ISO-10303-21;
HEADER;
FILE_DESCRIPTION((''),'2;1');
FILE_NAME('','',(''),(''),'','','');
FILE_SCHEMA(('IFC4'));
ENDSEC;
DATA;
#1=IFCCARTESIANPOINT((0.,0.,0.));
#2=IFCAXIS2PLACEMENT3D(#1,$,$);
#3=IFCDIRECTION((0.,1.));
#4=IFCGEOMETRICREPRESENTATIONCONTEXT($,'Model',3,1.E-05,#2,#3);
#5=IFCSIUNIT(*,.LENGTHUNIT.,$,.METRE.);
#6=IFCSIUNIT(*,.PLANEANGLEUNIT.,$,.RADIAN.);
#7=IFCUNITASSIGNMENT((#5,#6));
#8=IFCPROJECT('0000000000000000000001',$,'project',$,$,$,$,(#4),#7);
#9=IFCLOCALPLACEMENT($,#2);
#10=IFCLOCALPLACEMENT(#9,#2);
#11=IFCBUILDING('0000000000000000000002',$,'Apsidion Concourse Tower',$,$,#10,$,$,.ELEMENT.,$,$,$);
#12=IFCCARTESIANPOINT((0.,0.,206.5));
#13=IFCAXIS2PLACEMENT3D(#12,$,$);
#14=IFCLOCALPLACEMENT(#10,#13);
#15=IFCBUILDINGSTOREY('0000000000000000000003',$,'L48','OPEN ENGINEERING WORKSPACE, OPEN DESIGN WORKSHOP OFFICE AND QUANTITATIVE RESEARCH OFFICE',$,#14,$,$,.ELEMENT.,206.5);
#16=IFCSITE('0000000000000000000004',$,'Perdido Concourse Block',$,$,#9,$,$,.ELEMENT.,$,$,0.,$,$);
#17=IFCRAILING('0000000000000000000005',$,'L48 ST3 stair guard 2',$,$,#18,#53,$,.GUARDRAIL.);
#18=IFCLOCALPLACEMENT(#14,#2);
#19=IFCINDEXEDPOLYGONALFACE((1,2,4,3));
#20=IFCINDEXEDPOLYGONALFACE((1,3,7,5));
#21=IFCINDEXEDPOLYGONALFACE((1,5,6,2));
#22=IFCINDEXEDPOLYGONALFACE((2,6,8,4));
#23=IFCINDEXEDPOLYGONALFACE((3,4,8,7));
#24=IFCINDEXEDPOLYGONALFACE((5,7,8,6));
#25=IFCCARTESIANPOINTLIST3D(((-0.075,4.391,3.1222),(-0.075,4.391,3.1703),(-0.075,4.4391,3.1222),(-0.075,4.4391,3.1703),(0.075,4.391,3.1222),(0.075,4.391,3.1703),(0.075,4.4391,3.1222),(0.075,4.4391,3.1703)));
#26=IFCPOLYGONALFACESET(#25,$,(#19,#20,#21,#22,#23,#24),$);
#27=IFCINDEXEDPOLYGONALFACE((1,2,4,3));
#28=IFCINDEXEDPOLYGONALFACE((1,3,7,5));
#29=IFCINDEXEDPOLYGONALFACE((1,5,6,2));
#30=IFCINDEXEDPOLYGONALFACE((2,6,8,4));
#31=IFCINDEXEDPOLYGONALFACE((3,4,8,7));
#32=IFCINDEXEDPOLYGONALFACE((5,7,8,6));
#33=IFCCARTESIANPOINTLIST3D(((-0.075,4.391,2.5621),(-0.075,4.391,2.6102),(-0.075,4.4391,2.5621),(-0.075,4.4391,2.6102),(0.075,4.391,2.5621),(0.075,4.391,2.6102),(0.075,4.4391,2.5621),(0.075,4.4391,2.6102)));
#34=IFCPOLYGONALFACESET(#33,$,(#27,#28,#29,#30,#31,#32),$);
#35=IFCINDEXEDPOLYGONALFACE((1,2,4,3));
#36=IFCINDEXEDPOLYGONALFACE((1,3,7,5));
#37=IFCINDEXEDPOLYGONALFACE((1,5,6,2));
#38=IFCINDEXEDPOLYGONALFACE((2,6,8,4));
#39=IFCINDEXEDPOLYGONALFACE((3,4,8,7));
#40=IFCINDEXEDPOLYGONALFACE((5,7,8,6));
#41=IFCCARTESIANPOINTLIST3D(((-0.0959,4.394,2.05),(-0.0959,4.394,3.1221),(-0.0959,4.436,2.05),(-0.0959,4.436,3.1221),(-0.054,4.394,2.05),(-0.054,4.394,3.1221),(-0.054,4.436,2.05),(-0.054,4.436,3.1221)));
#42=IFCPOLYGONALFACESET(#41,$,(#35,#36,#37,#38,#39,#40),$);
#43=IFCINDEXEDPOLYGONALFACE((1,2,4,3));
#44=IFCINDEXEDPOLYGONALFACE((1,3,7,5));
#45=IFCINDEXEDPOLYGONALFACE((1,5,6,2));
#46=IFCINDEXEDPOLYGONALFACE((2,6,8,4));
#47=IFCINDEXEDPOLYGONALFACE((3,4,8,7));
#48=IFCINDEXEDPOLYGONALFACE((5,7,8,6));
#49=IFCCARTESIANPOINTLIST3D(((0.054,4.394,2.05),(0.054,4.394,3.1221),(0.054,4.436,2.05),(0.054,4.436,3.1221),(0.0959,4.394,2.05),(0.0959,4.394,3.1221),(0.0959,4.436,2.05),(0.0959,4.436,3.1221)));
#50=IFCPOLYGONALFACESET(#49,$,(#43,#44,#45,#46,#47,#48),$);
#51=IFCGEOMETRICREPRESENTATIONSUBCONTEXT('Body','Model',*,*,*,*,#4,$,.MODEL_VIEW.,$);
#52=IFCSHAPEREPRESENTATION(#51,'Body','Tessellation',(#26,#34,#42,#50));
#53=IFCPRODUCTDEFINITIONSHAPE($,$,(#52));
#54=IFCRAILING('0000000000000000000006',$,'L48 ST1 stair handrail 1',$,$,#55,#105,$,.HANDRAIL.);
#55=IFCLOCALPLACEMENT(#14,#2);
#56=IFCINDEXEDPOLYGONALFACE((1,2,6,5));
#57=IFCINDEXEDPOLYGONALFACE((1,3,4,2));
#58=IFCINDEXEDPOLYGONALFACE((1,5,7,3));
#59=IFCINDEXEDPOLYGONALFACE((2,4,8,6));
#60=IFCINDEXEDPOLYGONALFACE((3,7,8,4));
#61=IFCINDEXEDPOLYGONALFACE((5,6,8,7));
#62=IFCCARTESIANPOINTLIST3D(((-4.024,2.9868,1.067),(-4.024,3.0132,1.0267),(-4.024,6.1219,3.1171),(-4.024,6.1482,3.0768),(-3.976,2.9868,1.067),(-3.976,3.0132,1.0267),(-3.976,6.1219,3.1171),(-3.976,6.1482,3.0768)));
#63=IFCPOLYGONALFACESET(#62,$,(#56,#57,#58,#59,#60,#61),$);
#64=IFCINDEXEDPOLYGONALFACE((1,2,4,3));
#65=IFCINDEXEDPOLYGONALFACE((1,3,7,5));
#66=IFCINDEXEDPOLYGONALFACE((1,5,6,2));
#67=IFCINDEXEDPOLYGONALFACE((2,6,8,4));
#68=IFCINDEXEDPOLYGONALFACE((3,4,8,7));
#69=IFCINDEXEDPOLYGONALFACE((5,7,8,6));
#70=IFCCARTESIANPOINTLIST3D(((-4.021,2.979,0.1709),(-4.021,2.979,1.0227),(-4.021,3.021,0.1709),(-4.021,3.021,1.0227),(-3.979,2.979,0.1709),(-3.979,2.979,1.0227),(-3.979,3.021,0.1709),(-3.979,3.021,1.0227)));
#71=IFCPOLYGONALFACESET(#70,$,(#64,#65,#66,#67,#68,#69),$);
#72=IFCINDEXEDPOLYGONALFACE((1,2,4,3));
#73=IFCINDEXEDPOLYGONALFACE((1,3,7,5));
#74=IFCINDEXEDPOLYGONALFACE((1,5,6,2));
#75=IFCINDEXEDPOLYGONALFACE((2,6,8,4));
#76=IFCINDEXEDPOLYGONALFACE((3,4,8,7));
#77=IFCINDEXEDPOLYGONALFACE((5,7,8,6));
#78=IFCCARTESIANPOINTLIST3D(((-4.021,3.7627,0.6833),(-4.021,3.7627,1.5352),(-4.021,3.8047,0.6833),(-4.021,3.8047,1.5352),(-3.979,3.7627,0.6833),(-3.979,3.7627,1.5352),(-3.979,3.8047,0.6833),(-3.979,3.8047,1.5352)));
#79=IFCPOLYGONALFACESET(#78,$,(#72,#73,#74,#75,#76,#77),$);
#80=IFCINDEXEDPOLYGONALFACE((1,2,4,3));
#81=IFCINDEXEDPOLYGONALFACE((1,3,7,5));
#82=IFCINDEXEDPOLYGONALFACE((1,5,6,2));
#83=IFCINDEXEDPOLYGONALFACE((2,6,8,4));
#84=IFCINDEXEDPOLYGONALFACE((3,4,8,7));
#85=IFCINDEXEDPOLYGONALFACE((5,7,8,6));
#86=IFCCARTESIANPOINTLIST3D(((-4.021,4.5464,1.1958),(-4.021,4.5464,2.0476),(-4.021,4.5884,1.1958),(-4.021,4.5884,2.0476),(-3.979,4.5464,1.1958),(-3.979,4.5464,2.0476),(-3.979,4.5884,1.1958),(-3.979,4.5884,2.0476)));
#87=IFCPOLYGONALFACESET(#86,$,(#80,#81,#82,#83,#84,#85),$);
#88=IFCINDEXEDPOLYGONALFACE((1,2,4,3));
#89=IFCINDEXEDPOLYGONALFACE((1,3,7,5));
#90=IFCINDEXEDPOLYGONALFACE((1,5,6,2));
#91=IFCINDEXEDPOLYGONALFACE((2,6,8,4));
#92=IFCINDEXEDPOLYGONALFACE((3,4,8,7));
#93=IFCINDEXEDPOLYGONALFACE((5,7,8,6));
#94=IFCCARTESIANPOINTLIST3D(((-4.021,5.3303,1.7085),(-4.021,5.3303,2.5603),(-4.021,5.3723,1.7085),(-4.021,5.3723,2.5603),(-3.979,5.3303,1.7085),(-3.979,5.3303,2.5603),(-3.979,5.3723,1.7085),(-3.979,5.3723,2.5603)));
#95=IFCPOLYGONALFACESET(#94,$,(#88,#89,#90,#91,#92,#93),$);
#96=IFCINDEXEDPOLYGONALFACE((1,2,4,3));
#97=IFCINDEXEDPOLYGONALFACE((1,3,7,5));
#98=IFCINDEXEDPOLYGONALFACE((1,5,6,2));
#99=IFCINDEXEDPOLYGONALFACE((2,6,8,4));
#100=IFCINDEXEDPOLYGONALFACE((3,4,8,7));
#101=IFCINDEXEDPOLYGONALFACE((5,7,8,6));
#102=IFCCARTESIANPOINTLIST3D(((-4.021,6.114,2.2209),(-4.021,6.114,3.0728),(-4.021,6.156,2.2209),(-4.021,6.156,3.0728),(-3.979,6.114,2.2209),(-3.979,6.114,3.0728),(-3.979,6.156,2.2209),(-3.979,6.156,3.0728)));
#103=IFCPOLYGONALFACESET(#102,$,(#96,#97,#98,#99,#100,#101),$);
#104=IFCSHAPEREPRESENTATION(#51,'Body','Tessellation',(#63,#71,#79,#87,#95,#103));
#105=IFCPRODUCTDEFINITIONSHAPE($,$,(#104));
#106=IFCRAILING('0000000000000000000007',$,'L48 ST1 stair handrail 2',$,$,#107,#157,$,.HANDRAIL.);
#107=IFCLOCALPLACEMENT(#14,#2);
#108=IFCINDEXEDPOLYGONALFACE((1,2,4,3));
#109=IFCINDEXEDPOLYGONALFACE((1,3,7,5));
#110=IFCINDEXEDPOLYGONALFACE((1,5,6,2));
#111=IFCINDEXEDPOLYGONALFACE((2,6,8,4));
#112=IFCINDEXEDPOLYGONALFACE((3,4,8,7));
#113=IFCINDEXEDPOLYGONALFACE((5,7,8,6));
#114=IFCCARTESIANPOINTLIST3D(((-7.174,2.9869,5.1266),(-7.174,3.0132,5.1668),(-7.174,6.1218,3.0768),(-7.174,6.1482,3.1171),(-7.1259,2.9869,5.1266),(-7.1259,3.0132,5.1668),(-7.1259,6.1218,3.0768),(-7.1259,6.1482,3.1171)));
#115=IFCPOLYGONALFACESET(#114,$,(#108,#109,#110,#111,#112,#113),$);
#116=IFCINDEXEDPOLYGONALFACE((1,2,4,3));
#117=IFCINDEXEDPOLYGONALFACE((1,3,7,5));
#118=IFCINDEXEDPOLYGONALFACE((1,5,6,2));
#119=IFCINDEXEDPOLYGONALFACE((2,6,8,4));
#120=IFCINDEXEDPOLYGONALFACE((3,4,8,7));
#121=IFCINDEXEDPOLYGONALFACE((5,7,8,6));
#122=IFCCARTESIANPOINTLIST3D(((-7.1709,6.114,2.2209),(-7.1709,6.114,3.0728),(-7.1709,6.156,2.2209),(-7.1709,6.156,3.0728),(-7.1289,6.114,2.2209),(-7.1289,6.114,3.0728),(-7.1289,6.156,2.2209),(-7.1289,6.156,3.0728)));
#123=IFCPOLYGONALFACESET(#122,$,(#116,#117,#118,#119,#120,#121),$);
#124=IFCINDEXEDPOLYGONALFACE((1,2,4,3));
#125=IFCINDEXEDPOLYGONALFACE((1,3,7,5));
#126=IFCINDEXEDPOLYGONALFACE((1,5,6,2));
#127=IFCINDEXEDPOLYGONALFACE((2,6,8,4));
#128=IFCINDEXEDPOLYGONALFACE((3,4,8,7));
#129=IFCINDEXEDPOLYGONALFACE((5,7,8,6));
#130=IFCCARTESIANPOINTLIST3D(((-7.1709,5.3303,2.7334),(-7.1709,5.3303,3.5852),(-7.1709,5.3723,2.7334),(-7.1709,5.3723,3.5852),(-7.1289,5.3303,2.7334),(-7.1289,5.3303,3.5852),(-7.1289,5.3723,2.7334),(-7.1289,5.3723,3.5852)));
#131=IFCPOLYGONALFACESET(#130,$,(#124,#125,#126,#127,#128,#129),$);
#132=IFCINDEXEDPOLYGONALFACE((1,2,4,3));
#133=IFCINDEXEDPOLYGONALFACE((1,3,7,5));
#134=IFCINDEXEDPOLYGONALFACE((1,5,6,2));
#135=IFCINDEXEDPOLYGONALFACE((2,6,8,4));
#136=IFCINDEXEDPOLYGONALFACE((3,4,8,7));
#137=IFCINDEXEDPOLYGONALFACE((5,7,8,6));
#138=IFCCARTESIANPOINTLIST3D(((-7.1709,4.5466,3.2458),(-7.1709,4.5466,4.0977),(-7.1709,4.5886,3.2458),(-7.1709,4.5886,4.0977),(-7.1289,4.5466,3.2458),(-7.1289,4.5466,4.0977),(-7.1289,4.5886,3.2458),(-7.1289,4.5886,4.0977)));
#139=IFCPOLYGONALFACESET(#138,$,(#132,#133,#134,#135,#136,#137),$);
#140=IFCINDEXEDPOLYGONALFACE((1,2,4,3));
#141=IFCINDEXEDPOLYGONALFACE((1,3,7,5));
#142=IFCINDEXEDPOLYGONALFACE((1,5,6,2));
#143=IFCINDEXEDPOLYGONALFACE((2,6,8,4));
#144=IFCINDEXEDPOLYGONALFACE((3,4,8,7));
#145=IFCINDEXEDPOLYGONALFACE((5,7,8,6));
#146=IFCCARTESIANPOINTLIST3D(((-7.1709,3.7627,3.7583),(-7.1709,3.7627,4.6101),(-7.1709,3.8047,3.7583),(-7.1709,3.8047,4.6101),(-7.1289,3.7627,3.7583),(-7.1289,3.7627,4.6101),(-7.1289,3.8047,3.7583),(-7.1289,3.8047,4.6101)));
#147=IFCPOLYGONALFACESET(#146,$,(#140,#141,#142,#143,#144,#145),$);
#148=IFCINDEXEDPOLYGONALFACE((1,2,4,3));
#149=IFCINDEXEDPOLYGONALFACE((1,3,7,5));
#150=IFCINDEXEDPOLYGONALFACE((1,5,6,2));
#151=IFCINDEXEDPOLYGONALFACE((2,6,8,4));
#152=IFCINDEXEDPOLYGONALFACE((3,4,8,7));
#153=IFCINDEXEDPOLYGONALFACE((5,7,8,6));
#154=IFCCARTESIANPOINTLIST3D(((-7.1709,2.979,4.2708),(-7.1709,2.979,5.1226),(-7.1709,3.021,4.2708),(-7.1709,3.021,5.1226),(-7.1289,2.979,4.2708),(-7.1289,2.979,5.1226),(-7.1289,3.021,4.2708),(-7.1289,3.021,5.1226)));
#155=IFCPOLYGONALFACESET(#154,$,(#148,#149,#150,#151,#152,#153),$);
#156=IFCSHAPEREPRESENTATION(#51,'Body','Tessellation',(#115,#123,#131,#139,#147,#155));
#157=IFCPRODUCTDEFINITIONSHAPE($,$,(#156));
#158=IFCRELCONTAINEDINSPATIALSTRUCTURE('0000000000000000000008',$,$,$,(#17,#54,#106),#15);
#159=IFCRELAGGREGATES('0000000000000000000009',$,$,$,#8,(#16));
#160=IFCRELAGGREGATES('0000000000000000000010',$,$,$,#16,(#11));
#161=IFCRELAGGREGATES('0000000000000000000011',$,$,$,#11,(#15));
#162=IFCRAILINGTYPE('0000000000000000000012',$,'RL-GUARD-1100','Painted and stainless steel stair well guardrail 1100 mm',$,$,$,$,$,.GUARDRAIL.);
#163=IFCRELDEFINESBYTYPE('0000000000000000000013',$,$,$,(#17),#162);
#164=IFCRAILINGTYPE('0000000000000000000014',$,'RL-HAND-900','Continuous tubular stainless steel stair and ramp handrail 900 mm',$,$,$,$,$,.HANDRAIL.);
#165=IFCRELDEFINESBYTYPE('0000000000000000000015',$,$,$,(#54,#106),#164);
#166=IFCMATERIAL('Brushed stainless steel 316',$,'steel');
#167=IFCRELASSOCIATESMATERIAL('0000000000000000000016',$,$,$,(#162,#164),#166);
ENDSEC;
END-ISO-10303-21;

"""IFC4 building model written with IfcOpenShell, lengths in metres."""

from ifc_helpers import new_model, si_unit, direction, frame, origin, origin_2d, place, context, subcontext, project, spatial, rectangle, extrude, material, type_object, element, save


model = new_model("IFC4")

# Units and contexts
model_context = context("Model", 3, precision=1e-05, world=origin(), true_north=direction((0.0, 1.0)))
body_context = subcontext(model_context, "Body", "Model", "MODEL_VIEW")
ifc_project = project(units=[si_unit("LENGTHUNIT", "METRE"), si_unit("PLANEANGLEUNIT", "RADIAN")], contexts=[model_context])

# Site, building, storey
site_placement = place(None, origin())
site = spatial("IfcSite", under=ifc_project, at=site_placement, Name="Perdido Concourse Block", CompositionType="ELEMENT", RefElevation=0.0)
building_placement = place(site_placement, origin())
building = spatial("IfcBuilding", under=site, at=building_placement, Name="Apsidion Concourse Tower", CompositionType="ELEMENT")
storey_placement = place(building_placement, frame((0.0, 0.0, 206.5)))
storey = spatial("IfcBuildingStorey", under=building, at=storey_placement, Name="L48", Description="OPEN ENGINEERING WORKSPACE, OPEN DESIGN WORKSHOP OFFICE AND QUANTITATIVE RESEARCH OFFICE", CompositionType="ELEMENT", Elevation=206.5)

# Shared definitions
ifc_material_1 = material(Name="Brushed stainless steel 316", Category="steel")

# Railings
railing_type_1 = type_object("IfcRailingType", Name="RL-GUARD-1100", Description="Painted and stainless steel stair well guardrail 1100 mm", PredefinedType="GUARDRAIL", material=ifc_material_1)
railing_1_placement = place(storey_placement, frame((-0.075, 4.415, 2.05)))
element("IfcRailing", 1, at=railing_1_placement, inside=storey, type_object=railing_type_1, Name="L48 ST3 stair guard 2", PredefinedType="GUARDRAIL", context=body_context, shape_type="SweptSolid", body=[
    extrude(rectangle(XDim=0.0481, YDim=0.0481, at=origin_2d()), frame((0.0, 0.0, 1.0962), z_axis=(1.0, 0.0, 0.0), x_axis=(0.0, 1.0, 0.0)), (0.0, 0.0, 1.0), 0.1499),
    extrude(rectangle(XDim=0.0481, YDim=0.0481, at=origin_2d()), frame((0.0, 0.0, 0.5361), z_axis=(1.0, 0.0, 0.0), x_axis=(0.0, 1.0, 0.0)), (0.0, 0.0, 1.0), 0.1499),
    extrude(rectangle(XDim=0.042, YDim=0.042, at=origin_2d()), origin(), (0.0, 0.0, 1.0), 1.072),
    extrude(rectangle(XDim=0.042, YDim=0.042, at=origin_2d()), frame((0.1499, 0.0, 0.0)), (0.0, 0.0, 1.0), 1.072),
])
railing_type_2 = type_object("IfcRailingType", Name="RL-HAND-900", Description="Continuous tubular stainless steel stair and ramp handrail 900 mm", PredefinedType="HANDRAIL", material=ifc_material_1)
railing_2_placement = place(storey_placement, frame((-4.0, 3.0, 0.1709)))
element("IfcRailing", 2, at=railing_2_placement, inside=storey, type_object=railing_type_2, Name="L48 ST1 stair handrail 1", PredefinedType="HANDRAIL", context=body_context, shape_type="SweptSolid", body=[
    extrude(rectangle(XDim=0.0481, YDim=0.0481, at=origin_2d()), frame((0.0, 0.0, 0.876), z_axis=(0.0, 0.836941, 0.547293), x_axis=(-1.0, 0.0, 0.0)), (0.0, 0.0, 1.0), 3.7458),
    extrude(rectangle(XDim=0.042, YDim=0.042, at=origin_2d()), origin(), (0.0, 0.0, 1.0), 0.8518),
    extrude(rectangle(XDim=0.042, YDim=0.042, at=origin_2d()), frame((0.0, 0.7837, 0.5125)), (0.0, 0.0, 1.0), 0.8518),
    extrude(rectangle(XDim=0.042, YDim=0.042, at=origin_2d()), frame((0.0, 1.5674, 1.0249)), (0.0, 0.0, 1.0), 0.8518),
    extrude(rectangle(XDim=0.042, YDim=0.042, at=origin_2d()), frame((0.0, 2.3513, 1.5376)), (0.0, 0.0, 1.0), 0.8518),
    extrude(rectangle(XDim=0.042, YDim=0.042, at=origin_2d()), frame((0.0, 3.135, 2.05)), (0.0, 0.0, 1.0), 0.8518),
])
railing_3_placement = place(storey_placement, frame((-7.1499, 6.135, 2.2209)))
element("IfcRailing", 3, at=railing_3_placement, inside=storey, type_object=railing_type_2, Name="L48 ST1 stair handrail 2", PredefinedType="HANDRAIL", context=body_context, shape_type="SweptSolid", body=[
    extrude(rectangle(XDim=0.0481, YDim=0.0481, at=origin_2d()), frame((0.0, 0.0, 0.876), z_axis=(0.0, -0.836971, 0.547248), x_axis=(1.0, 0.0, 0.0)), (0.0, 0.0, 1.0), 3.7456),
    extrude(rectangle(XDim=0.042, YDim=0.042, at=origin_2d()), origin(), (0.0, 0.0, 1.0), 0.8518),
    extrude(rectangle(XDim=0.042, YDim=0.042, at=origin_2d()), frame((0.0, -0.7837, 0.5125)), (0.0, 0.0, 1.0), 0.8518),
    extrude(rectangle(XDim=0.042, YDim=0.042, at=origin_2d()), frame((0.0, -1.5674, 1.0249)), (0.0, 0.0, 1.0), 0.8518),
    extrude(rectangle(XDim=0.042, YDim=0.042, at=origin_2d()), frame((0.0, -2.3513, 1.5374)), (0.0, 0.0, 1.0), 0.8518),
    extrude(rectangle(XDim=0.042, YDim=0.042, at=origin_2d()), frame((0.0, -3.135, 2.0498)), (0.0, 0.0, 1.0), 0.8518),
])

save(model, "model.ifc")
